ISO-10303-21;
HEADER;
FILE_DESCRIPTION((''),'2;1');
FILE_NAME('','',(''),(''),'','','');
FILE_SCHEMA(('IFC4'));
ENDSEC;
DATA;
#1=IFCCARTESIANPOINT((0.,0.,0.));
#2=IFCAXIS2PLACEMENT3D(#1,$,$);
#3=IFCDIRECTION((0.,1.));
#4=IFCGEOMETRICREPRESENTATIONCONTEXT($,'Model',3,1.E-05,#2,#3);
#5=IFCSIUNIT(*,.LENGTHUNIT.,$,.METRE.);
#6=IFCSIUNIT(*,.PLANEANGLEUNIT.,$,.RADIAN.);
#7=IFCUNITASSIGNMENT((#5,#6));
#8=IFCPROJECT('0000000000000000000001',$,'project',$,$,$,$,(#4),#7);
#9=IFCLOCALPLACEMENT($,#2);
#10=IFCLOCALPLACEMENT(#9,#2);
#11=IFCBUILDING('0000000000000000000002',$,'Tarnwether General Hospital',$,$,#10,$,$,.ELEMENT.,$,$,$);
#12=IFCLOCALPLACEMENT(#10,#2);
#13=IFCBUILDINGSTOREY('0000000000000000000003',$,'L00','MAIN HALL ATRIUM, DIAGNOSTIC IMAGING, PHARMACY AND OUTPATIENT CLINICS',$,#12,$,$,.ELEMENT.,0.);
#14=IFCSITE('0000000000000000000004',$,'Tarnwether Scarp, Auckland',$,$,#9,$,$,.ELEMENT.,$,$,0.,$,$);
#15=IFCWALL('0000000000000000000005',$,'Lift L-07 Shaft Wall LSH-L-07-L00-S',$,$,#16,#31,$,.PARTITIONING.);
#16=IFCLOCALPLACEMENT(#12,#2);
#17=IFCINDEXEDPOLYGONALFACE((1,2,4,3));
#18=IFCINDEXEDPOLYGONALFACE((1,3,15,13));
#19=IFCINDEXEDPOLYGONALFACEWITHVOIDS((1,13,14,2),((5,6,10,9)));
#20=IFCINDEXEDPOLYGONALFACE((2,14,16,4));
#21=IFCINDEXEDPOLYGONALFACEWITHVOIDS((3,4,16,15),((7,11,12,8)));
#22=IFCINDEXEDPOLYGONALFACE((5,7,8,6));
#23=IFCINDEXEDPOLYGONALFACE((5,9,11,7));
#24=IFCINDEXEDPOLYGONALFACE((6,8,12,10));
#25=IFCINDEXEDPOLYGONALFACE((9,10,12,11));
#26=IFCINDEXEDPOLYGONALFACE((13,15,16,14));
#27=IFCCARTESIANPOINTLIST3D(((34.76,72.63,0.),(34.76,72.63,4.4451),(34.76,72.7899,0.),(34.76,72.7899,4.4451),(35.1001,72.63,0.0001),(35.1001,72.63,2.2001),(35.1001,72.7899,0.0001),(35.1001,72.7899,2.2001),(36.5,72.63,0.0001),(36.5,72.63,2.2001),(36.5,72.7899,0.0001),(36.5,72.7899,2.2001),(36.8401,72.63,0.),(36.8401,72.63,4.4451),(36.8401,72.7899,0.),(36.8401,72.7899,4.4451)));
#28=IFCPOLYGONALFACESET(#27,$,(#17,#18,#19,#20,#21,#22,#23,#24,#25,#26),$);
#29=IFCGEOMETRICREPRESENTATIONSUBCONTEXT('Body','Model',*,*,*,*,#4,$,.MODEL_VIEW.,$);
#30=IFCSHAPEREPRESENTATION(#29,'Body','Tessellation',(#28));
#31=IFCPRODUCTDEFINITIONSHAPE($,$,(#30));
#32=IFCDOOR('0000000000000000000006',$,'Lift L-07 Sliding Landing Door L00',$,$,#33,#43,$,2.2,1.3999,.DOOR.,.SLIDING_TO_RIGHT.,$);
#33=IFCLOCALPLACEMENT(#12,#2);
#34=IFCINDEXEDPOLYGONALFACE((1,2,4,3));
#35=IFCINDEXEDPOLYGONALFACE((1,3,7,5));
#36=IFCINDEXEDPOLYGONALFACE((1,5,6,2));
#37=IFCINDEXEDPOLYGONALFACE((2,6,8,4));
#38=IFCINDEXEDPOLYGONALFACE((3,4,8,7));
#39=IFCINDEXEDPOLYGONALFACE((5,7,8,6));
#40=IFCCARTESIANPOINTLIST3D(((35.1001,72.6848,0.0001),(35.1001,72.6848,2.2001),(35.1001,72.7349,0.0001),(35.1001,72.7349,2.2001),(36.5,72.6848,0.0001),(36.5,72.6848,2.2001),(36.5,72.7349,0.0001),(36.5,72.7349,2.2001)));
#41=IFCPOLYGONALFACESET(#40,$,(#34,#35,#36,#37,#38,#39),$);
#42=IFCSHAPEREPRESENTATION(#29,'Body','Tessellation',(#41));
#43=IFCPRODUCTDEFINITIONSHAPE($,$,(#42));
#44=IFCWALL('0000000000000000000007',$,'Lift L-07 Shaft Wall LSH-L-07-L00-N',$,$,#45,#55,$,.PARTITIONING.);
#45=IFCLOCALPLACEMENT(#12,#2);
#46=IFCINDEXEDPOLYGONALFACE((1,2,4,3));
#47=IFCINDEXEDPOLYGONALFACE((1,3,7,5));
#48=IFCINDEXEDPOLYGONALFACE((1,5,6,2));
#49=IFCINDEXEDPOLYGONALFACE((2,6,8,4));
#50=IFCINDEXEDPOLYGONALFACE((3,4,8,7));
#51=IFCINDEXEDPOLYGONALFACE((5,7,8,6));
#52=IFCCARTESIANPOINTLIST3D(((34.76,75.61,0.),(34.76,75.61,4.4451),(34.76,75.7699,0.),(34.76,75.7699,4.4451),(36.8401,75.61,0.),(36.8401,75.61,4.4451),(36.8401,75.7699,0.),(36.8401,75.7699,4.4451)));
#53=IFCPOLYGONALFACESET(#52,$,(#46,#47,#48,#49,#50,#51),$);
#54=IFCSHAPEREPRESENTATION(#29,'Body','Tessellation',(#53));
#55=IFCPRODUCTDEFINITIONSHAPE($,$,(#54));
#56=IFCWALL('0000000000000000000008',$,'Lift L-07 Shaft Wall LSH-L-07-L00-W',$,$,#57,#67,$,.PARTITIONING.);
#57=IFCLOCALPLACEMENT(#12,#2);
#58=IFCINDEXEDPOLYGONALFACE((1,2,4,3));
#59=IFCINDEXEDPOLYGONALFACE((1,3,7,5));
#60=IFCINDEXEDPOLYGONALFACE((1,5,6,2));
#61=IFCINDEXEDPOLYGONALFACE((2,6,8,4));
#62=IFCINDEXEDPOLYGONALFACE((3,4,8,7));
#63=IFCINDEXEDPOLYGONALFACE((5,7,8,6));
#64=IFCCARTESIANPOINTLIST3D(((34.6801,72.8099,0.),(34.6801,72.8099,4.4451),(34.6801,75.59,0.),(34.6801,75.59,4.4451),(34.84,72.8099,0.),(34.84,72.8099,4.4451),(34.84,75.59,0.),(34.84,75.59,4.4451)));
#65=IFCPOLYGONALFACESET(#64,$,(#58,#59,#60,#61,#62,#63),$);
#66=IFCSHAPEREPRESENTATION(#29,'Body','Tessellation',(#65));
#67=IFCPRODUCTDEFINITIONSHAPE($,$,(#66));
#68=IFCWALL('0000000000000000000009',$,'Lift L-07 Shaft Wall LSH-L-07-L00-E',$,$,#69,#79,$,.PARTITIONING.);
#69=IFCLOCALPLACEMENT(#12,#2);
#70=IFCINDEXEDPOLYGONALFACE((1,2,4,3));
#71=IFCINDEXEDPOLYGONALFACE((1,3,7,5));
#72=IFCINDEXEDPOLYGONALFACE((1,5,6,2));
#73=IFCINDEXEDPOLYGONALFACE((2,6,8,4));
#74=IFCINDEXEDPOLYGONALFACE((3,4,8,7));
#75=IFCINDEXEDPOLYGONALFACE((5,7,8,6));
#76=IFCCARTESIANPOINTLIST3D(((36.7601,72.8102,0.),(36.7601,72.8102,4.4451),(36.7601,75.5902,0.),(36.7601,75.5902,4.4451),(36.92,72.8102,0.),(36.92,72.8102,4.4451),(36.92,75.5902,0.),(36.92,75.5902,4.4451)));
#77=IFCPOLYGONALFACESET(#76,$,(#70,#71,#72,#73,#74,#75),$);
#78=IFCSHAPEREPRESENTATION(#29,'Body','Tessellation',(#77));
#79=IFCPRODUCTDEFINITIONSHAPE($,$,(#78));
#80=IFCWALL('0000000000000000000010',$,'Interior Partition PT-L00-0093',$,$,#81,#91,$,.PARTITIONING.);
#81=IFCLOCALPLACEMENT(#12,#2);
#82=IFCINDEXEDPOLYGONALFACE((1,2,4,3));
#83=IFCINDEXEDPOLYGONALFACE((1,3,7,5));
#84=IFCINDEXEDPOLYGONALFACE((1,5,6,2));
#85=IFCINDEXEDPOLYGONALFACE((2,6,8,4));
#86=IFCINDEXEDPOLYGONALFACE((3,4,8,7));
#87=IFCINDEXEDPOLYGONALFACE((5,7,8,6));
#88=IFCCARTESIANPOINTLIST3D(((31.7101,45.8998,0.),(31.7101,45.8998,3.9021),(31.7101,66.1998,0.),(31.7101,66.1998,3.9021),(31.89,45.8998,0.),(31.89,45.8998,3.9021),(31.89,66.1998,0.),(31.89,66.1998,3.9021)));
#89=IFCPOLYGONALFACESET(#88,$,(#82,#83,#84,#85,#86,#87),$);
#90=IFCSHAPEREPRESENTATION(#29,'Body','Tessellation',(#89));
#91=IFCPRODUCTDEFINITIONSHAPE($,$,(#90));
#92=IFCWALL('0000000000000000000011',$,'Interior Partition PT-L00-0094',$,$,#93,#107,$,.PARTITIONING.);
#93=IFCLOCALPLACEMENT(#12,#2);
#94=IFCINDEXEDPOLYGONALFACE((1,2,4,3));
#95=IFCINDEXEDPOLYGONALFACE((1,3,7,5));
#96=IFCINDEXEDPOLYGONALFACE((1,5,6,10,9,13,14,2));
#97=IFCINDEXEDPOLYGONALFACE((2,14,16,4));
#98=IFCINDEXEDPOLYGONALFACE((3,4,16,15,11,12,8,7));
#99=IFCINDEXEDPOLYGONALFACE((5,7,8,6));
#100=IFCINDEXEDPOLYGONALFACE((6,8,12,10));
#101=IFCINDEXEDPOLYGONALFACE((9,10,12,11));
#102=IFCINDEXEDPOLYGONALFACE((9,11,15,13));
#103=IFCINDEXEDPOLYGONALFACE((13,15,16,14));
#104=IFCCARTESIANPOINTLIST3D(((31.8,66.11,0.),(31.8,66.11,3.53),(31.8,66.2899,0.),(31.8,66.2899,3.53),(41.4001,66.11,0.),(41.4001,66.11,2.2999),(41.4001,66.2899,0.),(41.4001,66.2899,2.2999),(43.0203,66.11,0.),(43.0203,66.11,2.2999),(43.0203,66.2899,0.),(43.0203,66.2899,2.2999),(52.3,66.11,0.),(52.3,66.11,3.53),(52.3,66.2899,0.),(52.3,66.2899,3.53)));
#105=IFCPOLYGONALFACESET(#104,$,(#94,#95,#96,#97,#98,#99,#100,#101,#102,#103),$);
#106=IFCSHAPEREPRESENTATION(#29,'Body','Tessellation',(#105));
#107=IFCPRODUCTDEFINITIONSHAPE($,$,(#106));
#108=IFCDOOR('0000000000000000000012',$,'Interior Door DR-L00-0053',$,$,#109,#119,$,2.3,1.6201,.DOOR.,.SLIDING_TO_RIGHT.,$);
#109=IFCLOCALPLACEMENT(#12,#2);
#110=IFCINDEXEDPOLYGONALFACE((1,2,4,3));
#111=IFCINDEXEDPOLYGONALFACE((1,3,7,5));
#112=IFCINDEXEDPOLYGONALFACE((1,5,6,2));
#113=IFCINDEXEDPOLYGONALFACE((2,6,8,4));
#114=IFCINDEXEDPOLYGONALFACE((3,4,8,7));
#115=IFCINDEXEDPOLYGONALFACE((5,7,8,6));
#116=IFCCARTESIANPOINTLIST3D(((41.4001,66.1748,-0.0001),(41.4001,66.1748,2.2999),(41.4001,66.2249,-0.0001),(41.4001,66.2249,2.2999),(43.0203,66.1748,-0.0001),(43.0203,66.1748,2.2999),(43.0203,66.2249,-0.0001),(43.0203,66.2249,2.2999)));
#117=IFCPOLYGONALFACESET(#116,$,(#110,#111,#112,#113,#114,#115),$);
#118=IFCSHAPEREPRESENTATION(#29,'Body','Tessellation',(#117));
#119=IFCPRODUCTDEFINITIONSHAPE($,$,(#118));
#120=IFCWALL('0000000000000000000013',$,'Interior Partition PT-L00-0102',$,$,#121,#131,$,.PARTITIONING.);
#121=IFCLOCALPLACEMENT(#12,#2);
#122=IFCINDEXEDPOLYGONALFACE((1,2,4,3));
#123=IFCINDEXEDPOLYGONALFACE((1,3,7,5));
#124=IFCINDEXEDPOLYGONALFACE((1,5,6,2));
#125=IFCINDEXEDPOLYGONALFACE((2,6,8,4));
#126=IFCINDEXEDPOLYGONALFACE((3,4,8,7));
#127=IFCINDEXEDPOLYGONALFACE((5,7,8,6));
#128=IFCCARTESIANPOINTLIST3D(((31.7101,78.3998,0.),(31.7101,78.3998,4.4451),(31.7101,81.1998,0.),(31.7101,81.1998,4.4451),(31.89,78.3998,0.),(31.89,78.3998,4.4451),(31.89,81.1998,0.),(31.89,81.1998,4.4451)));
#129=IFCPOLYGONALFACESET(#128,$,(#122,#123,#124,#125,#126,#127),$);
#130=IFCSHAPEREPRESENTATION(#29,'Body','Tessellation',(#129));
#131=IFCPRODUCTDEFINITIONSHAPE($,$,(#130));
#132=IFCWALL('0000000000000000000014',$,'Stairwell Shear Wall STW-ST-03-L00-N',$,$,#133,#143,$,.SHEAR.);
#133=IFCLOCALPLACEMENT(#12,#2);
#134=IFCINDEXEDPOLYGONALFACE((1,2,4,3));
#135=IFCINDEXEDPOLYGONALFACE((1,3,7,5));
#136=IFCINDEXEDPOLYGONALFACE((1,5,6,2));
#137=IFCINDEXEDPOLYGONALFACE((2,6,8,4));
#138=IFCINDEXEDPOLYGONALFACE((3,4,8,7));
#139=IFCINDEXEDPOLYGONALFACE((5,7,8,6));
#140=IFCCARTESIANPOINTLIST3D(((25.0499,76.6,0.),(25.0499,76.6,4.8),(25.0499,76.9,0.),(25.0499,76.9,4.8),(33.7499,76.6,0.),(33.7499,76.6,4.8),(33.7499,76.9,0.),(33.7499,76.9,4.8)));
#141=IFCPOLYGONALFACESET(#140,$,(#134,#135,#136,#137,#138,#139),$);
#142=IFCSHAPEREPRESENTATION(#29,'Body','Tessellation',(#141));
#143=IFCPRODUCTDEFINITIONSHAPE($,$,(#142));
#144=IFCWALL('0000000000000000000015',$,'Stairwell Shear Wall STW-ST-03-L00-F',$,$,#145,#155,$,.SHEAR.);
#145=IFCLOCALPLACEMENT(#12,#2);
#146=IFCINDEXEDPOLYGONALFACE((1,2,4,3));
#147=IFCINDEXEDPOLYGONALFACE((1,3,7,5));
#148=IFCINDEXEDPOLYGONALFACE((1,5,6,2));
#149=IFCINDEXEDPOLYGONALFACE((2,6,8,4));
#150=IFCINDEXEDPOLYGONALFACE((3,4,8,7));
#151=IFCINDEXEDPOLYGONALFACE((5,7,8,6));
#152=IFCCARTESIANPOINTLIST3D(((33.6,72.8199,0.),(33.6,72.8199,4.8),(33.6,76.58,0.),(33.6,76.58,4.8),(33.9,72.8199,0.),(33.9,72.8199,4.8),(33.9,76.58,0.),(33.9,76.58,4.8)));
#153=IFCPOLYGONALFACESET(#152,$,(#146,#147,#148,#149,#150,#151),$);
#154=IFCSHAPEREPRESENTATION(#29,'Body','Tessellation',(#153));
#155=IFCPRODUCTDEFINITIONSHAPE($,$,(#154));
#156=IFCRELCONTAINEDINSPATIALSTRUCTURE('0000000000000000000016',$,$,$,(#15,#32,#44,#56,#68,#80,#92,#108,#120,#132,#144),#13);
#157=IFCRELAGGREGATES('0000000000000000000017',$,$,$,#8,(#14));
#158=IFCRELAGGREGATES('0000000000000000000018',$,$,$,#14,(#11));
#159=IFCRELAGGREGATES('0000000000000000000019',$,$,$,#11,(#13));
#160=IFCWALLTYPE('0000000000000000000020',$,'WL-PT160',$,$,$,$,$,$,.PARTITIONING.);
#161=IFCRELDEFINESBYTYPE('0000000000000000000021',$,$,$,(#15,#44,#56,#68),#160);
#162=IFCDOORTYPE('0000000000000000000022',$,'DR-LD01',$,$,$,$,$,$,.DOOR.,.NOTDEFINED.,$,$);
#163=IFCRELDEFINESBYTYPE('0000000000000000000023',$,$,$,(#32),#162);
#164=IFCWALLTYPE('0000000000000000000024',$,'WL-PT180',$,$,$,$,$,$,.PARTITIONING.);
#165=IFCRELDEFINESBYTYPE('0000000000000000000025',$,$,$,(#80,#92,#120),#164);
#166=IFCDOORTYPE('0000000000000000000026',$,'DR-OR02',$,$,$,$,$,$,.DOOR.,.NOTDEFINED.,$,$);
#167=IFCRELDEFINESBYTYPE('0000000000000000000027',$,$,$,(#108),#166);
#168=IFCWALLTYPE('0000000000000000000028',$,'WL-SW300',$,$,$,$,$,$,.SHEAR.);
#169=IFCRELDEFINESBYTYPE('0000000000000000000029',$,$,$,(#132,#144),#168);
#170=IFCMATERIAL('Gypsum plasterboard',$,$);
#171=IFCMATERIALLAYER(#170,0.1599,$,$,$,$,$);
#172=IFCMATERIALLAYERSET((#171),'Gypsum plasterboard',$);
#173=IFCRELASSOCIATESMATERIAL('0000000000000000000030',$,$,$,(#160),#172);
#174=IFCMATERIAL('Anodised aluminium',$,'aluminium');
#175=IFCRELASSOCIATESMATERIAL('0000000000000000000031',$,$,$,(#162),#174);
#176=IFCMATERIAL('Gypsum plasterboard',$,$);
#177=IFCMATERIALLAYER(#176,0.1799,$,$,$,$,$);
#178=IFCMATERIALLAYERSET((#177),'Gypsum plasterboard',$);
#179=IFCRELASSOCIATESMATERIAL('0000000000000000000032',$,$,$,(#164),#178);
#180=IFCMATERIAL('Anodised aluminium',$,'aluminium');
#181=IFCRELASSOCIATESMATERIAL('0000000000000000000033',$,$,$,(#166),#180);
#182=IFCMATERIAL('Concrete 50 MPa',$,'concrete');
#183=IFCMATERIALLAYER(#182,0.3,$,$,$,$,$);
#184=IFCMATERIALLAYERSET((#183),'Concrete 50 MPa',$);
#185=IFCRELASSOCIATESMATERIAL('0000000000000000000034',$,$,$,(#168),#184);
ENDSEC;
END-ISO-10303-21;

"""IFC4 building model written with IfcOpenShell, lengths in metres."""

from ifc_helpers import new_model, si_unit, direction, frame, frame_2d, origin, place, context, subcontext, project, spatial, rectangle, extrude, material, layer, layer_set, type_object, element, fill, save


model = new_model("IFC4")

# Units and contexts
model_context = context("Model", 3, precision=1e-05, world=origin(), true_north=direction((0.0, 1.0)))
body_context = subcontext(model_context, "Body", "Model", "MODEL_VIEW")
ifc_project = project(units=[si_unit("LENGTHUNIT", "METRE"), si_unit("PLANEANGLEUNIT", "RADIAN")], contexts=[model_context])

# Site, building, storey
site_placement = place(None, origin())
site = spatial("IfcSite", under=ifc_project, at=site_placement, Name="Tarnwether Scarp, Auckland", CompositionType="ELEMENT", RefElevation=0.0)
building_placement = place(site_placement, origin())
building = spatial("IfcBuilding", under=site, at=building_placement, Name="Tarnwether General Hospital", CompositionType="ELEMENT")
storey_placement = place(building_placement, origin())
storey = spatial("IfcBuildingStorey", under=building, at=storey_placement, Name="L00", Description="MAIN HALL ATRIUM, DIAGNOSTIC IMAGING, PHARMACY AND OUTPATIENT CLINICS", CompositionType="ELEMENT", Elevation=0.0)

# Wall, opening, door
ifc_material_1 = material(Name="Gypsum plasterboard")
ifc_layer_1 = layer(ifc_material_1, 0.1599)
ifc_layer_set_1 = layer_set([ifc_layer_1], Name="Gypsum plasterboard")
wall_type_1 = type_object("IfcWallType", Name="WL-PT160", PredefinedType="PARTITIONING", material=ifc_layer_set_1)
wall_1_placement = place(storey_placement, frame((34.76, 72.71, 0.0), z_axis=(0.0, 0.0, 1.0), x_axis=(1.0, 0.0, 0.0)))
wall_1 = element("IfcWall", 1, at=wall_1_placement, inside=storey, type_object=wall_type_1, Name="Lift L-07 Shaft Wall LSH-L-07-L00-S", PredefinedType="PARTITIONING", context=body_context, shape_type="SweptSolid", body=[
    extrude(rectangle(XDim=2.0801, YDim=0.1599, at=frame_2d((1.04, 0.0))), origin(), (0.0, 0.0, 1.0), 4.4451),
])
opening_1_placement = place(wall_1_placement, frame((0.3401, 0.0, 0.0)))
opening_1 = element("IfcOpeningElement", 2, at=opening_1_placement, cuts=wall_1, PredefinedType="OPENING", context=body_context, shape_type="SweptSolid", body=[
    extrude(rectangle(XDim=1.3999, YDim=2.2, at=frame_2d((0.7, 1.1001))), frame((0.0, 0.0898, 0.0), z_axis=(0.0, -1.0, 0.0), x_axis=(1.0, 0.0, 0.0)), (0.0, 0.0, 1.0), 0.1799),
])
ifc_material_2 = material(Name="Anodised aluminium", Category="aluminium")
door_type_1 = type_object("IfcDoorType", Name="DR-LD01", OperationType="NOTDEFINED", PredefinedType="DOOR", material=ifc_material_2)
door_1_placement = place(opening_1_placement, origin())
door_1 = element("IfcDoor", 3, at=door_1_placement, inside=storey, type_object=door_type_1, Name="Lift L-07 Sliding Landing Door L00", OperationType="SLIDING_TO_RIGHT", OverallHeight=2.2, OverallWidth=1.3999, PredefinedType="DOOR", context=body_context, shape_type="SweptSolid", body=[
    extrude(rectangle(XDim=1.3999, YDim=2.2, at=frame_2d((0.7, 1.1001))), frame((0.0, 0.0249, 0.0), z_axis=(0.0, -1.0, 0.0), x_axis=(1.0, 0.0, 0.0)), (0.0, 0.0, 1.0), 0.05),
])
fill(opening_1, door_1)

# Walls
wall_2_placement = place(storey_placement, frame((36.8401, 75.6899, 0.0), z_axis=(0.0, 0.0, 1.0), x_axis=(-1.0, 0.0, 0.0)))
element("IfcWall", 4, at=wall_2_placement, inside=storey, type_object=wall_type_1, Name="Lift L-07 Shaft Wall LSH-L-07-L00-N", PredefinedType="PARTITIONING", context=body_context, shape_type="SweptSolid", body=[
    extrude(rectangle(XDim=2.0801, YDim=0.1599, at=frame_2d((1.04, 0.0))), origin(), (0.0, 0.0, 1.0), 4.4451),
])
for number, where, z_axis, x_axis, name in (
    (5, (34.76, 75.5901, 0.0), (0.0, 0.0, 1.0), (0.0, -1.0, 0.0), "Lift L-07 Shaft Wall LSH-L-07-L00-W"),
    (6, (36.8401, 72.8101, 0.0), (0.0, 0.0, 1.0), (0.0, 1.0, 0.0), "Lift L-07 Shaft Wall LSH-L-07-L00-E"),
):
    element("IfcWall", number, at=place(storey_placement, frame(where, z_axis=z_axis, x_axis=x_axis)), inside=storey, type_object=wall_type_1, Name=name, PredefinedType="PARTITIONING", context=body_context, shape_type="SweptSolid", body=[
        extrude(rectangle(XDim=2.78, YDim=0.1599, at=frame_2d((1.3901, 0.0))), origin(), (0.0, 0.0, 1.0), 4.4451),
    ])
ifc_material_3 = material(Name="Gypsum plasterboard")
ifc_layer_2 = layer(ifc_material_3, 0.1799)
ifc_layer_set_2 = layer_set([ifc_layer_2], Name="Gypsum plasterboard")
wall_type_2 = type_object("IfcWallType", Name="WL-PT180", PredefinedType="PARTITIONING", material=ifc_layer_set_2)
wall_3_placement = place(storey_placement, frame((31.8, 45.8999, 0.0), z_axis=(0.0, 0.0, 1.0), x_axis=(0.0, 1.0, 0.0)))
element("IfcWall", 7, at=wall_3_placement, inside=storey, type_object=wall_type_2, Name="Interior Partition PT-L00-0093", PredefinedType="PARTITIONING", context=body_context, shape_type="SweptSolid", body=[
    extrude(rectangle(XDim=20.3, YDim=0.1799, at=frame_2d((10.1499, 0.0))), origin(), (0.0, 0.0, 1.0), 3.9021),
])

# Wall, opening, door
wall_4_placement = place(storey_placement, frame((31.8, 66.2, 0.0), z_axis=(0.0, 0.0, 1.0), x_axis=(1.0, 0.0, 0.0)))
wall_4 = element("IfcWall", 8, at=wall_4_placement, inside=storey, type_object=wall_type_2, Name="Interior Partition PT-L00-0094", PredefinedType="PARTITIONING", context=body_context, shape_type="SweptSolid", body=[
    extrude(rectangle(XDim=20.5, YDim=0.1799, at=frame_2d((10.25, 0.0))), origin(), (0.0, 0.0, 1.0), 3.53),
])
opening_2_placement = place(wall_4_placement, frame((9.6001, 0.0, 0.0)))
opening_2 = element("IfcOpeningElement", 9, at=opening_2_placement, cuts=wall_4, PredefinedType="OPENING", context=body_context, shape_type="SweptSolid", body=[
    extrude(rectangle(XDim=1.6201, YDim=2.3, at=frame_2d((0.8101, 1.1499))), frame((0.0, 0.1001, 0.0), z_axis=(0.0, -1.0, 0.0), x_axis=(1.0, 0.0, 0.0)), (0.0, 0.0, 1.0), 0.2),
])
ifc_material_4 = material(Name="Anodised aluminium", Category="aluminium")
door_type_2 = type_object("IfcDoorType", Name="DR-OR02", OperationType="NOTDEFINED", PredefinedType="DOOR", material=ifc_material_4)
door_2_placement = place(opening_2_placement, origin())
door_2 = element("IfcDoor", 10, at=door_2_placement, inside=storey, type_object=door_type_2, Name="Interior Door DR-L00-0053", OperationType="SLIDING_TO_RIGHT", OverallHeight=2.3, OverallWidth=1.6201, PredefinedType="DOOR", context=body_context, shape_type="SweptSolid", body=[
    extrude(rectangle(XDim=1.6201, YDim=2.3, at=frame_2d((0.8101, 1.1499))), frame((0.0, 0.0249, 0.0), z_axis=(0.0, -1.0, 0.0), x_axis=(1.0, 0.0, 0.0)), (0.0, 0.0, 1.0), 0.05),
])
fill(opening_2, door_2)

# Walls
wall_5_placement = place(storey_placement, frame((31.8, 78.3999, 0.0), z_axis=(0.0, 0.0, 1.0), x_axis=(0.0, 1.0, 0.0)))
element("IfcWall", 11, at=wall_5_placement, inside=storey, type_object=wall_type_2, Name="Interior Partition PT-L00-0102", PredefinedType="PARTITIONING", context=body_context, shape_type="SweptSolid", body=[
    extrude(rectangle(XDim=2.8, YDim=0.1799, at=frame_2d((1.3999, 0.0))), origin(), (0.0, 0.0, 1.0), 4.4451),
])
ifc_material_5 = material(Name="Concrete 50 MPa", Category="concrete")
ifc_layer_3 = layer(ifc_material_5, 0.3)
ifc_layer_set_3 = layer_set([ifc_layer_3], Name="Concrete 50 MPa")
wall_type_3 = type_object("IfcWallType", Name="WL-SW300", PredefinedType="SHEAR", material=ifc_layer_set_3)
wall_6_placement = place(storey_placement, frame((33.75, 76.75, 0.0), z_axis=(0.0, 0.0, 1.0), x_axis=(-1.0, 0.0, 0.0)))
element("IfcWall", 12, at=wall_6_placement, inside=storey, type_object=wall_type_3, Name="Stairwell Shear Wall STW-ST-03-L00-N", PredefinedType="SHEAR", context=body_context, shape_type="SweptSolid", body=[
    extrude(rectangle(XDim=8.7, YDim=0.3, at=frame_2d((4.3501, 0.0))), origin(), (0.0, 0.0, 1.0), 4.8),
])
wall_7_placement = place(storey_placement, frame((33.75, 72.8201, 0.0), z_axis=(0.0, 0.0, 1.0), x_axis=(0.0, 1.0, 0.0)))
element("IfcWall", 13, at=wall_7_placement, inside=storey, type_object=wall_type_3, Name="Stairwell Shear Wall STW-ST-03-L00-F", PredefinedType="SHEAR", context=body_context, shape_type="SweptSolid", body=[
    extrude(rectangle(XDim=3.76, YDim=0.3, at=frame_2d((1.8799, 0.0))), origin(), (0.0, 0.0, 1.0), 4.8),
])

save(model, "model.ifc")
